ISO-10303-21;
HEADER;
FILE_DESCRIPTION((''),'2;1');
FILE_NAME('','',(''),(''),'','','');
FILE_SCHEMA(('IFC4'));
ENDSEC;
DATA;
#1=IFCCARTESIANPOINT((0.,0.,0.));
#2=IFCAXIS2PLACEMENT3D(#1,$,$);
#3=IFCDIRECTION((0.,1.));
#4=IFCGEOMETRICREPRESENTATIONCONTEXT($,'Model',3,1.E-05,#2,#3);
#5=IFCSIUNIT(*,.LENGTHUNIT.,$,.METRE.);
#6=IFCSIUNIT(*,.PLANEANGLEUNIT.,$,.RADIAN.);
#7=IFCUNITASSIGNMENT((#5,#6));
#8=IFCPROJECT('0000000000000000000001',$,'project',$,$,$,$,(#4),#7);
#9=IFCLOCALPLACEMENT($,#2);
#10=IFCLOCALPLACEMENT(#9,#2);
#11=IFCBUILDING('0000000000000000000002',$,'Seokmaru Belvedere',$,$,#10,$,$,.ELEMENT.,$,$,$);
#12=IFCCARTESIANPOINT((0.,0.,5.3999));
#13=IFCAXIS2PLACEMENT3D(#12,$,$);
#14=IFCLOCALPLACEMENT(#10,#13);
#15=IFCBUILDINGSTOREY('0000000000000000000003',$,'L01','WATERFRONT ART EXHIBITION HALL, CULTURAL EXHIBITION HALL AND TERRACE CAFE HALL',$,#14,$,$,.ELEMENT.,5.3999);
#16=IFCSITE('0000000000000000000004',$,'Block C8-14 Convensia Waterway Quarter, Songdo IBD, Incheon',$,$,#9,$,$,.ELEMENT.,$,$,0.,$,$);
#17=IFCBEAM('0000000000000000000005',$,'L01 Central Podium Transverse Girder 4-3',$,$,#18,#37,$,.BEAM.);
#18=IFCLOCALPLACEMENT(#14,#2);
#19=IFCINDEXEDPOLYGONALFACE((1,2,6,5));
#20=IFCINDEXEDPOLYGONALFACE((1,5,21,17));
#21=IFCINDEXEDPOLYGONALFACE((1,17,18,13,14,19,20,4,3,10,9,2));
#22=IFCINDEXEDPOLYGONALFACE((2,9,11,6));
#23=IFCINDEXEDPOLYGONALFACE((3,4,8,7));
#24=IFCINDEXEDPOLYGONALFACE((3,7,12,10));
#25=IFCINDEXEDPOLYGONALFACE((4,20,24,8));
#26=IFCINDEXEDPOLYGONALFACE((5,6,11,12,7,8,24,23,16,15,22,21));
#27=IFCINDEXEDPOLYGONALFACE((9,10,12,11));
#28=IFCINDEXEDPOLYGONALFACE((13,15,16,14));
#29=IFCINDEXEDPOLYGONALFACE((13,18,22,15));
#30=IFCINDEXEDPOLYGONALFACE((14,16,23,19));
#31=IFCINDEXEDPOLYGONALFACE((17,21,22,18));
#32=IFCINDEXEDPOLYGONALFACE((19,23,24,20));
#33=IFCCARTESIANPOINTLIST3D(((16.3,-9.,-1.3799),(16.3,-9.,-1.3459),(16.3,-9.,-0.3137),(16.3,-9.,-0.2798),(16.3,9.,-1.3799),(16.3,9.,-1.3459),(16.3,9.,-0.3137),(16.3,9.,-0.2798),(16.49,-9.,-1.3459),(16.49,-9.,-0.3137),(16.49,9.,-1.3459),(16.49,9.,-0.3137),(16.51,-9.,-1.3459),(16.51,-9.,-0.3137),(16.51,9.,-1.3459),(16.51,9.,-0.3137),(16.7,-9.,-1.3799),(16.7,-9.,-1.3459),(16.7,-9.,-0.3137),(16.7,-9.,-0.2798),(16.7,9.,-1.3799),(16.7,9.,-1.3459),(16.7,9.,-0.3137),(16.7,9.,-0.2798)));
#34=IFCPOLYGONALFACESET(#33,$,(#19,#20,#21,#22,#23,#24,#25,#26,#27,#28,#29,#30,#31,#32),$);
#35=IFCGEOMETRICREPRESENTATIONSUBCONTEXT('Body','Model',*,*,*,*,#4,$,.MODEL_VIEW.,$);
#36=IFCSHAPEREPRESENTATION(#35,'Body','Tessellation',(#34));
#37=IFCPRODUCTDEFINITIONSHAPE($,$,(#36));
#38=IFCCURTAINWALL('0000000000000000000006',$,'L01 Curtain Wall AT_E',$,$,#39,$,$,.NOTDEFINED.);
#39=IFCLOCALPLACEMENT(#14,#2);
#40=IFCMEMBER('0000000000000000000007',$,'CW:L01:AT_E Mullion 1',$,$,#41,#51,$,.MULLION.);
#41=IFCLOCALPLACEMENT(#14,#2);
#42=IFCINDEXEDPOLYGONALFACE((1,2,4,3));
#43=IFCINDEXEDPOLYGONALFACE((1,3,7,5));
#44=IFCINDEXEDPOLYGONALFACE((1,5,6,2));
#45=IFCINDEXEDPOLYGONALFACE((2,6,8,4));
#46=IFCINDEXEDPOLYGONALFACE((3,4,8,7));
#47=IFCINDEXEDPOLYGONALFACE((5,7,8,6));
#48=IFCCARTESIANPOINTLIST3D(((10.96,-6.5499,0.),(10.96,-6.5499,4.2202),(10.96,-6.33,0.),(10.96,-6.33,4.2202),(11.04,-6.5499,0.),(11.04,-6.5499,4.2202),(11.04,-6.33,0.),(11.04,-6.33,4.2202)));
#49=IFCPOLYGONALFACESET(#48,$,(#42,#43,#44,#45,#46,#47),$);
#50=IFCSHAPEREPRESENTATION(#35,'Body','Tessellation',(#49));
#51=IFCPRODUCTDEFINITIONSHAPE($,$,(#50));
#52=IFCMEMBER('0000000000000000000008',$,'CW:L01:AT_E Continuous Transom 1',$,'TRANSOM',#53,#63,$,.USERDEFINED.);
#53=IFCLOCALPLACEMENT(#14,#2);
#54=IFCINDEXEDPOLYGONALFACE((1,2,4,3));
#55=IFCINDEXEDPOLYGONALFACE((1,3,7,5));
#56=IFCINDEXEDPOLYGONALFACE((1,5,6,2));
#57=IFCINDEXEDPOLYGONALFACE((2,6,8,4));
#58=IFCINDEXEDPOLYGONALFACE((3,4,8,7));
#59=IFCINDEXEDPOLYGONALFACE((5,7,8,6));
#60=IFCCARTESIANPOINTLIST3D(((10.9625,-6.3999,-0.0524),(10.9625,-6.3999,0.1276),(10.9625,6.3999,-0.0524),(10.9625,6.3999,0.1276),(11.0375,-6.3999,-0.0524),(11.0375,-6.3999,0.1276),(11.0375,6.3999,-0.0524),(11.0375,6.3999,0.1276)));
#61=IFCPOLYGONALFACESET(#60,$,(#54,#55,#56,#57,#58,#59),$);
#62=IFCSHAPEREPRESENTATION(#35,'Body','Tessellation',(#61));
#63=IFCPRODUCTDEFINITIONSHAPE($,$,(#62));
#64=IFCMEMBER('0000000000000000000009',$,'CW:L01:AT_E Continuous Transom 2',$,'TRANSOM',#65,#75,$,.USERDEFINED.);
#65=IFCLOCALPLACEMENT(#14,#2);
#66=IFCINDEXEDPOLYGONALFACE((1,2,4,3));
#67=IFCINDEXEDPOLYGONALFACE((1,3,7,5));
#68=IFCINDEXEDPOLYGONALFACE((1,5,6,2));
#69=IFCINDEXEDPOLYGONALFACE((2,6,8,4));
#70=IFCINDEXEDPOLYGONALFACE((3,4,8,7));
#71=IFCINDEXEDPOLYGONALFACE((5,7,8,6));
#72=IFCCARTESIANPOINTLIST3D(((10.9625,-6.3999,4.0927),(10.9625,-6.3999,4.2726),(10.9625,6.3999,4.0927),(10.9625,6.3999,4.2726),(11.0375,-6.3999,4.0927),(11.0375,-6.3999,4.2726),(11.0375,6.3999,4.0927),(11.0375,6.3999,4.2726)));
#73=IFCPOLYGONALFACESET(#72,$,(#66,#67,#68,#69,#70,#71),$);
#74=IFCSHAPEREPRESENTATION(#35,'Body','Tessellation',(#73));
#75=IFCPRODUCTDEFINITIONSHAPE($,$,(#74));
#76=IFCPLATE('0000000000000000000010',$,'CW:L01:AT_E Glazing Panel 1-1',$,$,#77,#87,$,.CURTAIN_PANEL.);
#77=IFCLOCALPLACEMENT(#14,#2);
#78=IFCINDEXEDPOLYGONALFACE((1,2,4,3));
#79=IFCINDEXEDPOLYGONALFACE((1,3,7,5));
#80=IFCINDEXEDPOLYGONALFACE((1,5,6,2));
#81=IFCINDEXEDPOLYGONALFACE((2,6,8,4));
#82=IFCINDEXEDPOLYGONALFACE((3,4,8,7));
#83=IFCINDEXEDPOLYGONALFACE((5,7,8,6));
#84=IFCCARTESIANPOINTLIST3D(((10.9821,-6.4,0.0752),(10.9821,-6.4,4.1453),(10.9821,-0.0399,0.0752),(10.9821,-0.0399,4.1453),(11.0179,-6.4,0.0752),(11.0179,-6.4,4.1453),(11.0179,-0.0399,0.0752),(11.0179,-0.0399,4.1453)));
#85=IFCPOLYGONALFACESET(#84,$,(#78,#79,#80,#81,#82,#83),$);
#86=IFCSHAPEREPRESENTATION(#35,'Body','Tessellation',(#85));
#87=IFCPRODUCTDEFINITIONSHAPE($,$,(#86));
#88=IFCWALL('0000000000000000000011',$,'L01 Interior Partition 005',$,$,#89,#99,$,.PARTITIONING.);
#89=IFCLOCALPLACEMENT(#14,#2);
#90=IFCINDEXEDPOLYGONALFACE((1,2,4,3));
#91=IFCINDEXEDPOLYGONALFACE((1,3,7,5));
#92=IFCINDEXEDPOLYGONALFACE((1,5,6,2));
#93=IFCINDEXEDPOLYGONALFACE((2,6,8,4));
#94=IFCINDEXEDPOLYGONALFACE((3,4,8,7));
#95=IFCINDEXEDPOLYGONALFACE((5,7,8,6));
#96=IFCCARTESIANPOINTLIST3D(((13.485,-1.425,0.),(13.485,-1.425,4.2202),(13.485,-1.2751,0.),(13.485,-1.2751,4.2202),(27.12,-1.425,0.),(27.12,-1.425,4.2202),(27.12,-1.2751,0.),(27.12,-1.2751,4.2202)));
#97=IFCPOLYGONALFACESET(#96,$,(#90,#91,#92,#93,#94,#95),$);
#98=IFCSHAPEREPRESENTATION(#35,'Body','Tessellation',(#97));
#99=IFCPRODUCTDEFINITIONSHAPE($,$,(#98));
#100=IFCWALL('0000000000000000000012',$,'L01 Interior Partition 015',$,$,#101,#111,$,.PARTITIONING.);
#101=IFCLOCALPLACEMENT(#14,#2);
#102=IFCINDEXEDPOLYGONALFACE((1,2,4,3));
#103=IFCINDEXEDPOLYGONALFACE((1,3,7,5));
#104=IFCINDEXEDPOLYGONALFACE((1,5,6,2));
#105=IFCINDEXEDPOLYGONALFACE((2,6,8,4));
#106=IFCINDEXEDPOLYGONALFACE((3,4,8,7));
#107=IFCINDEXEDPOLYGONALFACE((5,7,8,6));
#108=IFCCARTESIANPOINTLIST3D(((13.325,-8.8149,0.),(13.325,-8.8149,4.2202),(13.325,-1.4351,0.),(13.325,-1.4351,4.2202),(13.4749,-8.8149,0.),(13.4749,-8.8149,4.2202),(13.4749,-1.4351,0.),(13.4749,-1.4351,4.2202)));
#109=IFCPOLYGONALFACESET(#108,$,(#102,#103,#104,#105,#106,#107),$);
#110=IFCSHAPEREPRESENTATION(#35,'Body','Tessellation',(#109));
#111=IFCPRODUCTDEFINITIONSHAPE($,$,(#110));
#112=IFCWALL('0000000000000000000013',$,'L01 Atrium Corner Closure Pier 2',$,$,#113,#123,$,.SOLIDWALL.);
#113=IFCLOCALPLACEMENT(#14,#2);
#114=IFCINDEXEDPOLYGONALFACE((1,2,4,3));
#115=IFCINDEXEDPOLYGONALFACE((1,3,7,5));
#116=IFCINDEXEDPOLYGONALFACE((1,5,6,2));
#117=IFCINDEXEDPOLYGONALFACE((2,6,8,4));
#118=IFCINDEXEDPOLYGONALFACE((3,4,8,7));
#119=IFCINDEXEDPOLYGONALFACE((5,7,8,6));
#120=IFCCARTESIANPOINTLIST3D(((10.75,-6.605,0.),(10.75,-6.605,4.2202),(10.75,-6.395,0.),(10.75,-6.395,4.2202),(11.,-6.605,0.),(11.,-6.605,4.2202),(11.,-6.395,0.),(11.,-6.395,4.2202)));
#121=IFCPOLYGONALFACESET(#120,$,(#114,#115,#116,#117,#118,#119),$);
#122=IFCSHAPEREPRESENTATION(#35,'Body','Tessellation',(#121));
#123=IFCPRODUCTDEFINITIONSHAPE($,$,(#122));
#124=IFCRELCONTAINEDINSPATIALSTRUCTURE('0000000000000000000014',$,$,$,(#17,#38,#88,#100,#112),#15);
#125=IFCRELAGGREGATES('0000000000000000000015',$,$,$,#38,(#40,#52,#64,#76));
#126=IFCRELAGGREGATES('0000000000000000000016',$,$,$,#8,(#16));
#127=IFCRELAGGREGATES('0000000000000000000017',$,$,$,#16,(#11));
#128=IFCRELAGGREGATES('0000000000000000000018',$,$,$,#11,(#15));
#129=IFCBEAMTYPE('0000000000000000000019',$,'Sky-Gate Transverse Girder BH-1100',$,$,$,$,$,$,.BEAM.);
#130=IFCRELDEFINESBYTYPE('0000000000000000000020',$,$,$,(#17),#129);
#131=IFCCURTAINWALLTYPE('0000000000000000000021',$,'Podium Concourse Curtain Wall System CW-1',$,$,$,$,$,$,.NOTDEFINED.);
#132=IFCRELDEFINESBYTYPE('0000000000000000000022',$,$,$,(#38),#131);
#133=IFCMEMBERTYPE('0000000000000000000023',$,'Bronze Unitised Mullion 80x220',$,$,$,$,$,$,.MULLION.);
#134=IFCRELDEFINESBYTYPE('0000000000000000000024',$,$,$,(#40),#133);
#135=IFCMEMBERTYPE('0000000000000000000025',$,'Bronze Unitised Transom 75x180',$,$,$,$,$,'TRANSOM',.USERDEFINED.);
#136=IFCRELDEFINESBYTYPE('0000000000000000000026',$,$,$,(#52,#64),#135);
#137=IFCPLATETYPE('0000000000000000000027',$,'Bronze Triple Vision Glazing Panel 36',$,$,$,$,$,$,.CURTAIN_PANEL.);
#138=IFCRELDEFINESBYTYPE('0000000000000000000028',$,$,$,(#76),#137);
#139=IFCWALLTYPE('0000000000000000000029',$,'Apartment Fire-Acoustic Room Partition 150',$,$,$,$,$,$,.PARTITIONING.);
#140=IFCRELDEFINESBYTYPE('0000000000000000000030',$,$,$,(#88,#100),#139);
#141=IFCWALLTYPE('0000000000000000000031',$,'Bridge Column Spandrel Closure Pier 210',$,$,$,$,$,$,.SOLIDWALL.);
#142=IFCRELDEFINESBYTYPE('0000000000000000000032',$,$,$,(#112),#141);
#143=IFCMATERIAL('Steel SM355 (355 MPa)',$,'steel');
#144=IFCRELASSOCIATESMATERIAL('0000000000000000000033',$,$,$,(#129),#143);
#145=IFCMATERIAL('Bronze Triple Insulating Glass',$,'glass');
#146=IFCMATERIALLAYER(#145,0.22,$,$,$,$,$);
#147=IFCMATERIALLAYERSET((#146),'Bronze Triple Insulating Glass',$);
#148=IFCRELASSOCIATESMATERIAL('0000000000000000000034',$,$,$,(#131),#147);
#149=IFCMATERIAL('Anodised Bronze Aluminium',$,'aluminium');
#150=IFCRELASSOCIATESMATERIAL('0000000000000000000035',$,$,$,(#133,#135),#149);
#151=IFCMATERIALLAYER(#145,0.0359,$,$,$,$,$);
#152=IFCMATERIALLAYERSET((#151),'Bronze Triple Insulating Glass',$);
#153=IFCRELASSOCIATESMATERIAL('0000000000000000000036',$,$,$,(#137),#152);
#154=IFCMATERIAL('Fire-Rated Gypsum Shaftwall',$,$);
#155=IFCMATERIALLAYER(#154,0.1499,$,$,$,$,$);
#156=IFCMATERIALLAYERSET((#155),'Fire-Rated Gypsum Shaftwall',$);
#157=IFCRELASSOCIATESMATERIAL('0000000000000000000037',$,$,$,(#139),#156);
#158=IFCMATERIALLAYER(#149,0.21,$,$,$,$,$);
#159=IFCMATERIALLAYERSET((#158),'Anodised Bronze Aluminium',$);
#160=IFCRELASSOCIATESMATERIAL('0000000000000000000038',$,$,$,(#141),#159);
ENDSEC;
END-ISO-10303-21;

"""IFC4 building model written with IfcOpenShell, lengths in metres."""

from ifc_helpers import new_model, si_unit, direction, frame, frame_2d, origin, origin_2d, place, context, subcontext, project, spatial, rectangle, i_section, extrude, source, transform, mapped, material, layer, layer_set, material_profile, profile_set, type_object, type_shapes, element, aggregate, save


model = new_model("IFC4")

# Units and contexts
model_context = context("Model", 3, precision=1e-05, world=origin(), true_north=direction((0.0, 1.0)))
body_context = subcontext(model_context, "Body", "Model", "MODEL_VIEW")
ifc_project = project(units=[si_unit("LENGTHUNIT", "METRE"), si_unit("PLANEANGLEUNIT", "RADIAN")], contexts=[model_context])

# Site, building, storey
site_placement = place(None, origin())
site = spatial("IfcSite", under=ifc_project, at=site_placement, Name="Block C8-14 Convensia Waterway Quarter, Songdo IBD, Incheon", CompositionType="ELEMENT", RefElevation=0.0)
building_placement = place(site_placement, origin())
building = spatial("IfcBuilding", under=site, at=building_placement, Name="Seokmaru Belvedere", CompositionType="ELEMENT")
storey_placement = place(building_placement, frame((0.0, 0.0, 5.3999)))
storey = spatial("IfcBuildingStorey", under=building, at=storey_placement, Name="L01", Description="WATERFRONT ART EXHIBITION HALL, CULTURAL EXHIBITION HALL AND TERRACE CAFE HALL", CompositionType="ELEMENT", Elevation=5.3999)

# Shared definitions
ifc_material_1 = material(Name="Steel SM355 (355 MPa)", Category="steel")

# Beam
ifc_material_profile_1 = material_profile(ifc_material_1, i_section(OverallWidth=0.3999, OverallDepth=1.1001, WebThickness=0.02, FlangeThickness=0.0339, at=origin_2d()), Name="BH-1100x400x20x34")
ifc_profile_set_1 = profile_set([ifc_material_profile_1], Name="Steel SM355 (355 MPa)")
beam_type_1 = type_object("IfcBeamType", Name="Sky-Gate Transverse Girder BH-1100", PredefinedType="BEAM", material=ifc_profile_set_1)
shared_shape_1 = source(origin(), body_context, "Body", "SweptSolid", [
    extrude(i_section(OverallWidth=0.3999, OverallDepth=1.1001, WebThickness=0.02, FlangeThickness=0.0339, at=origin_2d()), origin(), (0.0, 0.0, 1.0), 18.0),
])
type_shapes(beam_type_1, [shared_shape_1])
beam_1_placement = place(storey_placement, frame((16.5, -9.0, -0.8298), z_axis=(0.0, 1.0, 0.0), x_axis=(-1.0, 0.0, 0.0)))
element("IfcBeam", 1, at=beam_1_placement, inside=storey, type_object=beam_type_1, Name="L01 Central Podium Transverse Girder 4-3", PredefinedType="BEAM", context=body_context, shape_type="MappedRepresentation", body=[
    mapped(shared_shape_1, transform((0.0, 0.0, 0.0), scale=1.0)),
])

# Curtain wall, members, plate
ifc_material_2 = material(Name="Bronze Triple Insulating Glass", Category="glass")
ifc_layer_1 = layer(ifc_material_2, 0.22)
ifc_layer_set_1 = layer_set([ifc_layer_1], Name="Bronze Triple Insulating Glass")
curtain_wall_type = type_object("IfcCurtainWallType", Name="Podium Concourse Curtain Wall System CW-1", PredefinedType="NOTDEFINED", material=ifc_layer_set_1)
curtain_wall_placement = place(storey_placement, origin())
curtain_wall = element("IfcCurtainWall", 2, at=curtain_wall_placement, inside=storey, type_object=curtain_wall_type, Name="L01 Curtain Wall AT_E", PredefinedType="NOTDEFINED")
ifc_material_3 = material(Name="Anodised Bronze Aluminium", Category="aluminium")
ifc_material_profile_2 = material_profile(ifc_material_3, rectangle(XDim=0.0801, YDim=0.22, at=origin_2d()), Name="CW-M-80x220")
ifc_profile_set_2 = profile_set([ifc_material_profile_2], Name="Anodised Bronze Aluminium")
member_type_1 = type_object("IfcMemberType", Name="Bronze Unitised Mullion 80x220", PredefinedType="MULLION", material=ifc_profile_set_2)
shared_shape_2 = source(origin(), body_context, "Body", "SweptSolid", [
    extrude(rectangle(XDim=0.0801, YDim=0.22, at=origin_2d()), origin(), (0.0, 0.0, 1.0), 4.2202),
])
type_shapes(member_type_1, [shared_shape_2])
member_1_placement = place(storey_placement, frame((11.0, -6.4399, 0.0), z_axis=(0.0, 0.0, 1.0), x_axis=(-1.0, 0.0, 0.0)))
member_1 = element("IfcMember", 3, at=member_1_placement, type_object=member_type_1, Name="CW:L01:AT_E Mullion 1", PredefinedType="MULLION", context=body_context, shape_type="MappedRepresentation", body=[
    mapped(shared_shape_2, transform((0.0, 0.0, 0.0), scale=1.0)),
])
ifc_material_profile_3 = material_profile(ifc_material_3, rectangle(XDim=0.075, YDim=0.1799, at=origin_2d()), Name="CW-T-75x180")
ifc_profile_set_3 = profile_set([ifc_material_profile_3], Name="Anodised Bronze Aluminium")
member_type_2 = type_object("IfcMemberType", Name="Bronze Unitised Transom 75x180", ElementType="TRANSOM", PredefinedType="USERDEFINED", material=ifc_profile_set_3)
shared_shape_3 = source(origin(), body_context, "Body", "SweptSolid", [
    extrude(rectangle(XDim=0.075, YDim=0.1799, at=origin_2d()), origin(), (0.0, 0.0, 1.0), 12.7998),
])
type_shapes(member_type_2, [shared_shape_3])
member_2_placement = place(storey_placement, frame((11.0, -6.3999, 0.0376), z_axis=(0.0, 1.0, 0.0), x_axis=(-1.0, 0.0, 0.0)))
member_2 = element("IfcMember", 4, at=member_2_placement, type_object=member_type_2, Name="CW:L01:AT_E Continuous Transom 1", ObjectType="TRANSOM", PredefinedType="USERDEFINED", context=body_context, shape_type="MappedRepresentation", body=[
    mapped(shared_shape_3, transform((0.0, 0.0, 0.0), scale=1.0)),
])
member_3_placement = place(storey_placement, frame((11.0, -6.3999, 4.1826), z_axis=(0.0, 1.0, 0.0), x_axis=(-1.0, 0.0, 0.0)))
member_3 = element("IfcMember", 5, at=member_3_placement, type_object=member_type_2, Name="CW:L01:AT_E Continuous Transom 2", ObjectType="TRANSOM", PredefinedType="USERDEFINED", context=body_context, shape_type="MappedRepresentation", body=[
    mapped(shared_shape_3, transform((0.0, 0.0, 0.0), scale=1.0)),
])
ifc_layer_2 = layer(ifc_material_2, 0.0359)
ifc_layer_set_2 = layer_set([ifc_layer_2], Name="Bronze Triple Insulating Glass")
plate_type = type_object("IfcPlateType", Name="Bronze Triple Vision Glazing Panel 36", PredefinedType="CURTAIN_PANEL", material=ifc_layer_set_2)
shared_shape_4 = source(origin(), body_context, "Body", "SweptSolid", [
    extrude(rectangle(XDim=6.3601, YDim=0.0359, at=origin_2d()), origin(), (0.0, 0.0, 1.0), 4.0701),
])
type_shapes(plate_type, [shared_shape_4])
plate_placement = place(storey_placement, frame((11.0, -3.22, 0.0752), z_axis=(0.0, 0.0, 1.0), x_axis=(0.0, 1.0, 0.0)))
plate = element("IfcPlate", 6, at=plate_placement, type_object=plate_type, Name="CW:L01:AT_E Glazing Panel 1-1", PredefinedType="CURTAIN_PANEL", context=body_context, shape_type="MappedRepresentation", body=[
    mapped(shared_shape_4, transform((0.0, 0.0, 0.0), scale=1.0)),
])
aggregate(curtain_wall, [member_1, member_2, member_3, plate])

# Walls
ifc_material_4 = material(Name="Fire-Rated Gypsum Shaftwall")
ifc_layer_3 = layer(ifc_material_4, 0.1499)
ifc_layer_set_3 = layer_set([ifc_layer_3], Name="Fire-Rated Gypsum Shaftwall")
wall_type_1 = type_object("IfcWallType", Name="Apartment Fire-Acoustic Room Partition 150", PredefinedType="PARTITIONING", material=ifc_layer_set_3)
wall_1_placement = place(storey_placement, frame((13.4851, -1.3501, 0.0), z_axis=(0.0, 0.0, 1.0), x_axis=(1.0, 0.0, 0.0)))
element("IfcWall", 7, at=wall_1_placement, inside=storey, type_object=wall_type_1, Name="L01 Interior Partition 005", PredefinedType="PARTITIONING", context=body_context, shape_type="SweptSolid", body=[
    extrude(rectangle(XDim=13.635, YDim=0.1499, at=frame_2d((6.8174, 0.0))), origin(), (0.0, 0.0, 1.0), 4.2202),
])
wall_2_placement = place(storey_placement, frame((13.3999, -8.8149, 0.0), z_axis=(0.0, 0.0, 1.0), x_axis=(0.0, 1.0, 0.0)))
element("IfcWall", 8, at=wall_2_placement, inside=storey, type_object=wall_type_1, Name="L01 Interior Partition 015", PredefinedType="PARTITIONING", context=body_context, shape_type="SweptSolid", body=[
    extrude(rectangle(XDim=7.3799, YDim=0.1499, at=frame_2d((3.6899, 0.0))), origin(), (0.0, 0.0, 1.0), 4.2202),
])
ifc_layer_4 = layer(ifc_material_3, 0.21)
ifc_layer_set_4 = layer_set([ifc_layer_4], Name="Anodised Bronze Aluminium")
wall_type_2 = type_object("IfcWallType", Name="Bridge Column Spandrel Closure Pier 210", PredefinedType="SOLIDWALL", material=ifc_layer_set_4)
wall_3_placement = place(storey_placement, frame((11.0, -6.5, 0.0), z_axis=(0.0, 0.0, 1.0), x_axis=(-1.0, 0.0, 0.0)))
element("IfcWall", 9, at=wall_3_placement, inside=storey, type_object=wall_type_2, Name="L01 Atrium Corner Closure Pier 2", PredefinedType="SOLIDWALL", context=body_context, shape_type="SweptSolid", body=[
    extrude(rectangle(XDim=0.25, YDim=0.21, at=frame_2d((0.125, 0.0))), origin(), (0.0, 0.0, 1.0), 4.2202),
])

save(model, "model.ifc")
